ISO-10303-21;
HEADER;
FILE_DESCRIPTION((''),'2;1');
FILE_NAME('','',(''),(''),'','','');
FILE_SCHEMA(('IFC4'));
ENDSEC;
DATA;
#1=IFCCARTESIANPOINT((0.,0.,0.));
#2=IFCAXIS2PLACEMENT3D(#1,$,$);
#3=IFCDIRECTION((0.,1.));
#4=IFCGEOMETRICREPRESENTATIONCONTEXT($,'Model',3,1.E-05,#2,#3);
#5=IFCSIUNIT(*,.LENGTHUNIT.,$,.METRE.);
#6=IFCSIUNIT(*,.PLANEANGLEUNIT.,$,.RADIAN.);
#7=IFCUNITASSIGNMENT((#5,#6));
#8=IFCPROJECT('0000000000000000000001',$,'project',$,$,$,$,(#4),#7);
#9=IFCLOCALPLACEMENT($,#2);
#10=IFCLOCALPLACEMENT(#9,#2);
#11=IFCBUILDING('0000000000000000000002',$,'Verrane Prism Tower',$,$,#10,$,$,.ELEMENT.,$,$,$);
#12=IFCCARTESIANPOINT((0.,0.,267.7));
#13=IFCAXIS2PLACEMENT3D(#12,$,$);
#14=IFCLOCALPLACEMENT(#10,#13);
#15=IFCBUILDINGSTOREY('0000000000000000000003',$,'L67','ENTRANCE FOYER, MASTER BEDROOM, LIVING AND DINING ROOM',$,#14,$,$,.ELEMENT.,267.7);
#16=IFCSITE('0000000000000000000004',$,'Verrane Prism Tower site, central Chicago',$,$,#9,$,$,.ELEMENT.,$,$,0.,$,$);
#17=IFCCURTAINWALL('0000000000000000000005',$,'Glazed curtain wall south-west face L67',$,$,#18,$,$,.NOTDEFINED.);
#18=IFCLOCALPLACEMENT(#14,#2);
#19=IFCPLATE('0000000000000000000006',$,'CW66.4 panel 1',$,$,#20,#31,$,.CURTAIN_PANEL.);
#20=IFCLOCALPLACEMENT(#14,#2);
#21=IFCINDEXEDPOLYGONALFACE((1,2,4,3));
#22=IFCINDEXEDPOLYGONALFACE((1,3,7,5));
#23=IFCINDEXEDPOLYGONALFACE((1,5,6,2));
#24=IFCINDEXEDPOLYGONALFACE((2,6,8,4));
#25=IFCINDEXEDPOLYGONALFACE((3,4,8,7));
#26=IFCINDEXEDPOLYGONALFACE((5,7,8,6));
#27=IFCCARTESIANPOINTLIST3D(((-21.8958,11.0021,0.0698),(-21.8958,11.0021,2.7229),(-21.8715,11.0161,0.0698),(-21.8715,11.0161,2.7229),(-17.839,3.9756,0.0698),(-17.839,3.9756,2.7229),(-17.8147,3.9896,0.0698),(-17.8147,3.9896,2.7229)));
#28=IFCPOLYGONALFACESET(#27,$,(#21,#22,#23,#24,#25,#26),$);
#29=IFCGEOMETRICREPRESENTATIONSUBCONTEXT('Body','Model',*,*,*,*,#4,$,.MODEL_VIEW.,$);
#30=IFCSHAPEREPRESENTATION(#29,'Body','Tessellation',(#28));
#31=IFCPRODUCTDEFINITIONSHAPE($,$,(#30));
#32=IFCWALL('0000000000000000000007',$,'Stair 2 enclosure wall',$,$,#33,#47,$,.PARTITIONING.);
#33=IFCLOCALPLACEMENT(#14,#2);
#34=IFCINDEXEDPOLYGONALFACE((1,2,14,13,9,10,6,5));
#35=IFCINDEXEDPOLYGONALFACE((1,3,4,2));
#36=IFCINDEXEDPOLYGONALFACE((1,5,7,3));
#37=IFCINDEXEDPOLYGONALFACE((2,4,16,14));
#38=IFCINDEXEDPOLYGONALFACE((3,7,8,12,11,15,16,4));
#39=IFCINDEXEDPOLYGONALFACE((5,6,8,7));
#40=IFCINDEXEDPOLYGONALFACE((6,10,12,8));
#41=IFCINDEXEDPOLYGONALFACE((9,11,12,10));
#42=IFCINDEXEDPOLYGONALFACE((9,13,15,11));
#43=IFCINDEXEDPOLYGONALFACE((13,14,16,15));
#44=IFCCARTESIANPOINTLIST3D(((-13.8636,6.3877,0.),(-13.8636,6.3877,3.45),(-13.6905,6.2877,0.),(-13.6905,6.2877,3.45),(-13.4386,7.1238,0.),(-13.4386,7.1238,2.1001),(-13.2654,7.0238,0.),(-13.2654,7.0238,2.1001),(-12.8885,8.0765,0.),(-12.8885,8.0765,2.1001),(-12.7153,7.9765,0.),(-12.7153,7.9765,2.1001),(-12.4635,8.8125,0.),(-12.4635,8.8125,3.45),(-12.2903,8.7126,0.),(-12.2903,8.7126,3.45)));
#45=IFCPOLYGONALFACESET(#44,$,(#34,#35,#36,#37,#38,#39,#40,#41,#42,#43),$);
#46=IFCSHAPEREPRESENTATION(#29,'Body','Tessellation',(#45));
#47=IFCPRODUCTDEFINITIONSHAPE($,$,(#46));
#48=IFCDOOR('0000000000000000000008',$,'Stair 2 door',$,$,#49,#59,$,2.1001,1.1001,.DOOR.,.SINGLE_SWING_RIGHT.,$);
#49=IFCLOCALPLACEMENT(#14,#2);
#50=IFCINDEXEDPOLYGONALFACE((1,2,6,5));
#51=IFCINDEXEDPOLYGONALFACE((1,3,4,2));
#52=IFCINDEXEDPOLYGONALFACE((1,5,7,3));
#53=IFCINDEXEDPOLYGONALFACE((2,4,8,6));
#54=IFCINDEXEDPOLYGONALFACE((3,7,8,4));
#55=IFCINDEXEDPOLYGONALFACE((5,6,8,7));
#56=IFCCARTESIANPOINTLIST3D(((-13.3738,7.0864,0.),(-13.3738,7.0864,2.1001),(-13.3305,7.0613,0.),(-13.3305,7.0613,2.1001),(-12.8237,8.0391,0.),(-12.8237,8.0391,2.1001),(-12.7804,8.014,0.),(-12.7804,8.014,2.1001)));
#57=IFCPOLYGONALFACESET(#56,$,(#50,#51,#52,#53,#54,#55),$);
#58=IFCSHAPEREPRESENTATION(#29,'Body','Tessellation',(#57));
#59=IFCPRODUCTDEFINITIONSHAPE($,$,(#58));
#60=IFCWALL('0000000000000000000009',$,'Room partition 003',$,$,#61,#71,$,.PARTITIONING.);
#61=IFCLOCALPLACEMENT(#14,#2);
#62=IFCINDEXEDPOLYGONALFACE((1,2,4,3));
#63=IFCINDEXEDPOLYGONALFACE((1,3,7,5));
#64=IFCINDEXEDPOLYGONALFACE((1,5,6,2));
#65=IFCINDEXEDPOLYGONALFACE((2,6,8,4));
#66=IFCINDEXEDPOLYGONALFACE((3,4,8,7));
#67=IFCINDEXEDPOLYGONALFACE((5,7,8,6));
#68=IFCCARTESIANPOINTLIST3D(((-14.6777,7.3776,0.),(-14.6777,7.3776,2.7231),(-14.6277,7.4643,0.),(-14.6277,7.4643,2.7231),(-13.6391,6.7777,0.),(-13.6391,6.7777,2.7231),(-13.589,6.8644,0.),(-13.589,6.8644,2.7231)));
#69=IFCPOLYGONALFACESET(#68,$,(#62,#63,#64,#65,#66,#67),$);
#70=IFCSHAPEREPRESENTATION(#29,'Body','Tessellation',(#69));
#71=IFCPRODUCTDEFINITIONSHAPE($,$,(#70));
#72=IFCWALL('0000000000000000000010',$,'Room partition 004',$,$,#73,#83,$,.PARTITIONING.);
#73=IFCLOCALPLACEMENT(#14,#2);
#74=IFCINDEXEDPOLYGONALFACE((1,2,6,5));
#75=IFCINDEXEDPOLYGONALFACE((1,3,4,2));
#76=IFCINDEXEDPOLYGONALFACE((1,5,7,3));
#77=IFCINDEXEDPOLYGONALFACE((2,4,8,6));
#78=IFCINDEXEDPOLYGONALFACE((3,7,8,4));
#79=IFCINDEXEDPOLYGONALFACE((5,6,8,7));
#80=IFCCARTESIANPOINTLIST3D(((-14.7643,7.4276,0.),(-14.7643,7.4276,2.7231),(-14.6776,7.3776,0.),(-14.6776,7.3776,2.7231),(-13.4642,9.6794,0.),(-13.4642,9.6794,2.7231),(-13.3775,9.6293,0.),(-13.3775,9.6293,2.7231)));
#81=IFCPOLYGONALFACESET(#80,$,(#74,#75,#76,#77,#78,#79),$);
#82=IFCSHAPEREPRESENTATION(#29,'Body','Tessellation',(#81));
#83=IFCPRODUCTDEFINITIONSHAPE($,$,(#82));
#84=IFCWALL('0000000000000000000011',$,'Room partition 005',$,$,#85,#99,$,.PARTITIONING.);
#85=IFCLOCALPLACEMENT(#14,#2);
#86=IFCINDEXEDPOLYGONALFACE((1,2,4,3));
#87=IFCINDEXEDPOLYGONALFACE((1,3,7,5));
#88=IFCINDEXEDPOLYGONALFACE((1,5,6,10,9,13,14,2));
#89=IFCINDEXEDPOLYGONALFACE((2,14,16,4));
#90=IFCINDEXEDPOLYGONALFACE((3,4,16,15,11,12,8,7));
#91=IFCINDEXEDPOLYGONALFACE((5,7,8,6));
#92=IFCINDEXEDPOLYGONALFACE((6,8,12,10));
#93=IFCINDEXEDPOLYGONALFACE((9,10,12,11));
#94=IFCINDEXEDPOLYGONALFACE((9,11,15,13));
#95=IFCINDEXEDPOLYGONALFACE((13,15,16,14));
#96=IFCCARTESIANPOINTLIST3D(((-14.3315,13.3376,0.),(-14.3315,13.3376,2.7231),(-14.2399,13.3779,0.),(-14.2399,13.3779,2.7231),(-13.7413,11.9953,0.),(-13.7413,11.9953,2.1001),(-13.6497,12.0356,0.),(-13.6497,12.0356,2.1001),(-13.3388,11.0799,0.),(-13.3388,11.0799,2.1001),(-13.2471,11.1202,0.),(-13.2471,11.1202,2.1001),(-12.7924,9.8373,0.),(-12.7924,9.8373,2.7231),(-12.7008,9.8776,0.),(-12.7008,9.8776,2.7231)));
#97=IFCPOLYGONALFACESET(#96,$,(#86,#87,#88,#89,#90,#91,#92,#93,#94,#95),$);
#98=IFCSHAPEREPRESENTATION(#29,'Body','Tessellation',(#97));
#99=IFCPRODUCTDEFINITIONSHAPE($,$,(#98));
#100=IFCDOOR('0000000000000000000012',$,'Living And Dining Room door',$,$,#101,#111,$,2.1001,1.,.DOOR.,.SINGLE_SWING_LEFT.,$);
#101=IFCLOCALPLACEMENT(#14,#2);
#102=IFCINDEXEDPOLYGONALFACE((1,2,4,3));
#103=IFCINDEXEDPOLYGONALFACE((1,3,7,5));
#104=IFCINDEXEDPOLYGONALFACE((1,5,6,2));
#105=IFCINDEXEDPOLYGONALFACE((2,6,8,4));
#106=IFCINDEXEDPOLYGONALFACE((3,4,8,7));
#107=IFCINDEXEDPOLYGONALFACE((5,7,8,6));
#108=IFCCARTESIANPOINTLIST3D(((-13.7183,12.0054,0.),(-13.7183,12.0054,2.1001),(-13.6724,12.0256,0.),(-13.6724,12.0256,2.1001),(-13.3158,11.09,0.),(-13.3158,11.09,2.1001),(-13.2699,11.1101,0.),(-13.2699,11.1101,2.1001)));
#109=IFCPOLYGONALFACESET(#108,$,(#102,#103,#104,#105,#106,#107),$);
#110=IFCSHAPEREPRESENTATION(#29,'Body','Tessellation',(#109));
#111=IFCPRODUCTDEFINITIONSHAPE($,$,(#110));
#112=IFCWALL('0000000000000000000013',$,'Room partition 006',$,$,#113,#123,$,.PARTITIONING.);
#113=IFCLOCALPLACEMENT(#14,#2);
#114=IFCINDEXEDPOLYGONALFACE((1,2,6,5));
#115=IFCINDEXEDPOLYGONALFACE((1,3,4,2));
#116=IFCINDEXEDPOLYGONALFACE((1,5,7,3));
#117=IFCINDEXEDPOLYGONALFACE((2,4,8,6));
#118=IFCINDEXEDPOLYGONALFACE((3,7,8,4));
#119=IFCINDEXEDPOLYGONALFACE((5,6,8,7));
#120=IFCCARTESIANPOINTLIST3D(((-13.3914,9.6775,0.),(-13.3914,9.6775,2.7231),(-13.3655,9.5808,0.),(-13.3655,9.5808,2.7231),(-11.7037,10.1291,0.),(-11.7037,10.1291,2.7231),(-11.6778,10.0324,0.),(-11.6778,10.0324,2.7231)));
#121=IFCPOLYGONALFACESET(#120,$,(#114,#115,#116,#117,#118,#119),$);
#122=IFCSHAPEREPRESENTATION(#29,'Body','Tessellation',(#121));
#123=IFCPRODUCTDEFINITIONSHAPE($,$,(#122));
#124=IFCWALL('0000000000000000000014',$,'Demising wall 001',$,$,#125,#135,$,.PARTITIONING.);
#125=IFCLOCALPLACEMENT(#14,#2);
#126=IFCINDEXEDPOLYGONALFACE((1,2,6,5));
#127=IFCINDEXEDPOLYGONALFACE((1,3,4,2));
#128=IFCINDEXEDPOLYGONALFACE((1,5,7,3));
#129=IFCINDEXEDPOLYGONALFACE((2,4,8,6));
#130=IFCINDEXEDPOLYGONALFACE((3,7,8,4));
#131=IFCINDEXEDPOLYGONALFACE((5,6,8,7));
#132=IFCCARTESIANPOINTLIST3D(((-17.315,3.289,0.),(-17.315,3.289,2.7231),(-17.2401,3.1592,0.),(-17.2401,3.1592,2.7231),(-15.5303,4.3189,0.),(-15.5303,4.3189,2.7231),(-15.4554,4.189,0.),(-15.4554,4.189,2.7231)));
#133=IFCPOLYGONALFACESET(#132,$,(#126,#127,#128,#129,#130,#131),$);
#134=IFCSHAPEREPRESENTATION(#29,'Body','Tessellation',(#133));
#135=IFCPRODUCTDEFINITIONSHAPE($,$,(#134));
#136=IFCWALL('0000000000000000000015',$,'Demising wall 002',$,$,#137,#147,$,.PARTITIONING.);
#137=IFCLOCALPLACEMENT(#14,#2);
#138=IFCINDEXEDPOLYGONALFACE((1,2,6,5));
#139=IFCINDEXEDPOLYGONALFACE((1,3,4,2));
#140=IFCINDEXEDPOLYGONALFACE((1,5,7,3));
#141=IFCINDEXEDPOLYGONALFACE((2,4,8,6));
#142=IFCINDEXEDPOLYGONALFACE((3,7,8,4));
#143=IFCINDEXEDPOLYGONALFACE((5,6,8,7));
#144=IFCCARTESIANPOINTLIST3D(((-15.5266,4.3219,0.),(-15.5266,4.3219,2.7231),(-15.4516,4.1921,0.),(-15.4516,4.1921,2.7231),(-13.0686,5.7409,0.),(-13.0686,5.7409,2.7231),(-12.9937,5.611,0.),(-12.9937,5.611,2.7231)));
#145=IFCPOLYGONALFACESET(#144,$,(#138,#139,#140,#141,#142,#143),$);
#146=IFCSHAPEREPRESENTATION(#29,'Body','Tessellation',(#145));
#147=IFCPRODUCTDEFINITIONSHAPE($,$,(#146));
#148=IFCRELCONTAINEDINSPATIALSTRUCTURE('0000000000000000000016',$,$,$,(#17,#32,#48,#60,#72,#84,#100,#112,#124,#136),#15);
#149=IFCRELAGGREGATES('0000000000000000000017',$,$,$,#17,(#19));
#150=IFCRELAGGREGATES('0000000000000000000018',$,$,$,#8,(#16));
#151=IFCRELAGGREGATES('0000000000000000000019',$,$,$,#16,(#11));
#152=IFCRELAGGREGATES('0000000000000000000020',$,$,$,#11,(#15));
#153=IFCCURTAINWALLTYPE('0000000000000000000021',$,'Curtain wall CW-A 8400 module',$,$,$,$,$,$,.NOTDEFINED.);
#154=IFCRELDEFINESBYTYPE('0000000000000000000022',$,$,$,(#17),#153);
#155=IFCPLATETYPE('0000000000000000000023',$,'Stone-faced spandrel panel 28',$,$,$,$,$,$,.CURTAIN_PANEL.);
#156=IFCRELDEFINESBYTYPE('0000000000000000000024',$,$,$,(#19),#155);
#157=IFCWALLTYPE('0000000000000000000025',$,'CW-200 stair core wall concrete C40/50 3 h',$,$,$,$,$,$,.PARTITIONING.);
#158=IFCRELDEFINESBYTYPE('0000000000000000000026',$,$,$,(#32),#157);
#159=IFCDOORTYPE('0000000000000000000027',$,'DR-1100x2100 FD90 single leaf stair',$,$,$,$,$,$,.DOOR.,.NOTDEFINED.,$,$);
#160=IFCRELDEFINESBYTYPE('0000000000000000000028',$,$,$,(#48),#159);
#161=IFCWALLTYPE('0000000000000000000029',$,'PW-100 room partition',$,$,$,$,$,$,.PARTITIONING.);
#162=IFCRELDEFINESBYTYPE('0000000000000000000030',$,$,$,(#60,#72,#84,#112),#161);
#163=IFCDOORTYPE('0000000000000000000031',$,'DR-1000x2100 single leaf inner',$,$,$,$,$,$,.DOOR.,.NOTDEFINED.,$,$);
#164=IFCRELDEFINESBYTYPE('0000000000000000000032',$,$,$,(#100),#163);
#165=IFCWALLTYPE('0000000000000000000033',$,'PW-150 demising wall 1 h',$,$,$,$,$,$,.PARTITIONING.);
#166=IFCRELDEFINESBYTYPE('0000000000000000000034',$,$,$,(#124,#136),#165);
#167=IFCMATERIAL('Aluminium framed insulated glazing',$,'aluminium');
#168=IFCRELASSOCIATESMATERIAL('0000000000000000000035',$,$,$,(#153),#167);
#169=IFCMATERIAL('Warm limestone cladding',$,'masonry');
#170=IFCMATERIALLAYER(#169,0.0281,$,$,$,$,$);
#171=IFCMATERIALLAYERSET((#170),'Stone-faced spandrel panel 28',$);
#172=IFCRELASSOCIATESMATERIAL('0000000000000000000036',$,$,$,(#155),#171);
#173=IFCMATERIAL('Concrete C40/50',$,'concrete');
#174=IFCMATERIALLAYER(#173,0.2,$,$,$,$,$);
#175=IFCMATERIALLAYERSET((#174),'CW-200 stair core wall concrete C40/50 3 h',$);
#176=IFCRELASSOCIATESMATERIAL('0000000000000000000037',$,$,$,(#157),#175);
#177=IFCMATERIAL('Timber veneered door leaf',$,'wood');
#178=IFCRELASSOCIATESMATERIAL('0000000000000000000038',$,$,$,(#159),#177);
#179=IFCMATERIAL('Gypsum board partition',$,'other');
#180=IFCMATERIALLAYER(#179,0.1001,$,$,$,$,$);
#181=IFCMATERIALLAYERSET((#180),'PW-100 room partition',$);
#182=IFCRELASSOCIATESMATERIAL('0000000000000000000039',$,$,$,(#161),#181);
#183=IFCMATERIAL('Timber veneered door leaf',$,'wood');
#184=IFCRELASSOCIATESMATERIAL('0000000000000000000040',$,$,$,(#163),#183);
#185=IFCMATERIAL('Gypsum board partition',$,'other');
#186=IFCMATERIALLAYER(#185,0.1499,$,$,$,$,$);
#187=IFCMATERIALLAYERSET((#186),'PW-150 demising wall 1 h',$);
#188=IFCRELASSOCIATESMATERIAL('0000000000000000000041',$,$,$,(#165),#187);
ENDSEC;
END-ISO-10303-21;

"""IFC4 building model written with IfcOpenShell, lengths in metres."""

from ifc_helpers import new_model, si_unit, direction, frame, frame_2d, origin, origin_2d, place, context, subcontext, project, spatial, rectangle, extrude, material, layer, layer_set, type_object, element, fill, aggregate, save


model = new_model("IFC4")

# Units and contexts
model_context = context("Model", 3, precision=1e-05, world=origin(), true_north=direction((0.0, 1.0)))
body_context = subcontext(model_context, "Body", "Model", "MODEL_VIEW")
ifc_project = project(units=[si_unit("LENGTHUNIT", "METRE"), si_unit("PLANEANGLEUNIT", "RADIAN")], contexts=[model_context])

# Site, building, storey
site_placement = place(None, origin())
site = spatial("IfcSite", under=ifc_project, at=site_placement, Name="Verrane Prism Tower site, central Chicago", CompositionType="ELEMENT", RefElevation=0.0)
building_placement = place(site_placement, origin())
building = spatial("IfcBuilding", under=site, at=building_placement, Name="Verrane Prism Tower", CompositionType="ELEMENT")
storey_placement = place(building_placement, frame((0.0, 0.0, 267.7)))
storey = spatial("IfcBuildingStorey", under=building, at=storey_placement, Name="L67", Description="ENTRANCE FOYER, MASTER BEDROOM, LIVING AND DINING ROOM", CompositionType="ELEMENT", Elevation=267.7)

# Curtain wall
ifc_material_1 = material(Name="Aluminium framed insulated glazing", Category="aluminium")
curtain_wall_type = type_object("IfcCurtainWallType", Name="Curtain wall CW-A 8400 module", PredefinedType="NOTDEFINED", material=ifc_material_1)
curtain_wall_placement = place(storey_placement, origin())
curtain_wall = element("IfcCurtainWall", 1, at=curtain_wall_placement, inside=storey, type_object=curtain_wall_type, Name="Glazed curtain wall south-west face L67", PredefinedType="NOTDEFINED")

# Plate
ifc_material_2 = material(Name="Warm limestone cladding", Category="masonry")
ifc_layer_1 = layer(ifc_material_2, 0.0281)
ifc_layer_set_1 = layer_set([ifc_layer_1], Name="Stone-faced spandrel panel 28")
plate_type = type_object("IfcPlateType", Name="Stone-faced spandrel panel 28", PredefinedType="CURTAIN_PANEL", material=ifc_layer_set_1)
plate_placement = place(storey_placement, frame((-19.8552, 7.4958, 0.0698), z_axis=(0.0, 0.0, 1.0), x_axis=(0.500001, -0.866025, 0.0)))
plate = element("IfcPlate", 2, at=plate_placement, type_object=plate_type, Name="CW66.4 panel 1", PredefinedType="CURTAIN_PANEL", context=body_context, shape_type="SweptSolid", body=[
    extrude(rectangle(XDim=8.1135, YDim=0.0281, at=origin_2d()), origin(), (0.0, 0.0, 1.0), 2.6531),
])
aggregate(curtain_wall, [plate])

# Wall, opening, door
ifc_material_3 = material(Name="Concrete C40/50", Category="concrete")
ifc_layer_2 = layer(ifc_material_3, 0.2)
ifc_layer_set_2 = layer_set([ifc_layer_2], Name="CW-200 stair core wall concrete C40/50 3 h")
wall_type_1 = type_object("IfcWallType", Name="CW-200 stair core wall concrete C40/50 3 h", PredefinedType="PARTITIONING", material=ifc_layer_set_2)
wall_1_placement = place(storey_placement, frame((-12.377, 8.7625, 0.0), z_axis=(0.0, 0.0, 1.0), x_axis=(-0.50005, -0.865997, 0.0)))
wall_1 = element("IfcWall", 3, at=wall_1_placement, inside=storey, type_object=wall_type_1, Name="Stair 2 enclosure wall", PredefinedType="PARTITIONING", context=body_context, shape_type="SweptSolid", body=[
    extrude(rectangle(XDim=2.8, YDim=0.2, at=frame_2d((1.3999, 0.0))), origin(), (0.0, 0.0, 1.0), 3.45),
])
opening_1_placement = place(wall_1_placement, frame((0.8499, 0.0, 0.0)))
opening_1 = element("IfcOpeningElement", 4, at=opening_1_placement, cuts=wall_1, PredefinedType="OPENING", context=body_context, shape_type="SweptSolid", body=[
    extrude(rectangle(XDim=1.1001, YDim=2.1001, at=frame_2d((0.55, 1.05))), frame((0.0, 0.1099, 0.0), z_axis=(0.0, -1.0, 0.0), x_axis=(1.0, 0.0, 0.0)), (0.0, 0.0, 1.0), 0.22),
])
ifc_material_4 = material(Name="Timber veneered door leaf", Category="wood")
door_type_1 = type_object("IfcDoorType", Name="DR-1100x2100 FD90 single leaf stair", OperationType="NOTDEFINED", PredefinedType="DOOR", material=ifc_material_4)
door_1_placement = place(opening_1_placement, origin())
door_1 = element("IfcDoor", 5, at=door_1_placement, inside=storey, type_object=door_type_1, Name="Stair 2 door", OperationType="SINGLE_SWING_RIGHT", OverallHeight=2.1001, OverallWidth=1.1001, PredefinedType="DOOR", context=body_context, shape_type="SweptSolid", body=[
    extrude(rectangle(XDim=1.1001, YDim=2.1001, at=frame_2d((0.55, 1.05))), frame((0.0, 0.0249, 0.0), z_axis=(0.0, -1.0, 0.0), x_axis=(1.0, 0.0, 0.0)), (0.0, 0.0, 1.0), 0.05),
])
fill(opening_1, door_1)

# Walls
ifc_material_5 = material(Name="Gypsum board partition", Category="other")
ifc_layer_3 = layer(ifc_material_5, 0.1001)
ifc_layer_set_3 = layer_set([ifc_layer_3], Name="PW-100 room partition")
wall_type_2 = type_object("IfcWallType", Name="PW-100 room partition", PredefinedType="PARTITIONING", material=ifc_layer_set_3)
wall_2_placement = place(storey_placement, frame((-14.6526, 7.4209, 0.0), z_axis=(0.0, 0.0, 1.0), x_axis=(0.865941, -0.500145, 0.0)))
element("IfcWall", 6, at=wall_2_placement, inside=storey, type_object=wall_type_2, Name="Room partition 003", PredefinedType="PARTITIONING", context=body_context, shape_type="SweptSolid", body=[
    extrude(rectangle(XDim=1.1995, YDim=0.1001, at=frame_2d((0.5996, 0.0))), origin(), (0.0, 0.0, 1.0), 2.7231),
])
wall_3_placement = place(storey_placement, frame((-14.7209, 7.4026, 0.0), z_axis=(0.0, 0.0, 1.0), x_axis=(0.500007, 0.866021, 0.0)))
element("IfcWall", 7, at=wall_3_placement, inside=storey, type_object=wall_type_2, Name="Room partition 004", PredefinedType="PARTITIONING", context=body_context, shape_type="SweptSolid", body=[
    extrude(rectangle(XDim=2.6001, YDim=0.1001, at=frame_2d((1.3, 0.0))), origin(), (0.0, 0.0, 1.0), 2.7231),
])

# Wall, opening, door
wall_4_placement = place(storey_placement, frame((-12.7466, 9.8574, 0.0), z_axis=(0.0, 0.0, 1.0), x_axis=(-0.40251, 0.915416, 0.0)))
wall_4 = element("IfcWall", 8, at=wall_4_placement, inside=storey, type_object=wall_type_2, Name="Room partition 005", PredefinedType="PARTITIONING", context=body_context, shape_type="SweptSolid", body=[
    extrude(rectangle(XDim=3.8237, YDim=0.1001, at=frame_2d((1.9119, 0.0))), origin(), (0.0, 0.0, 1.0), 2.7231),
])
opening_2_placement = place(wall_4_placement, frame((1.3574, 0.0, 0.0)))
opening_2 = element("IfcOpeningElement", 9, at=opening_2_placement, cuts=wall_4, PredefinedType="OPENING", context=body_context, shape_type="SweptSolid", body=[
    extrude(rectangle(XDim=1.0, YDim=2.1001, at=frame_2d((0.5, 1.05))), frame((0.0, 0.0601, 0.0), z_axis=(0.0, -1.0, 0.0), x_axis=(1.0, 0.0, 0.0)), (0.0, 0.0, 1.0), 0.1201),
])
ifc_material_6 = material(Name="Timber veneered door leaf", Category="wood")
door_type_2 = type_object("IfcDoorType", Name="DR-1000x2100 single leaf inner", OperationType="NOTDEFINED", PredefinedType="DOOR", material=ifc_material_6)
door_2_placement = place(opening_2_placement, origin())
door_2 = element("IfcDoor", 10, at=door_2_placement, inside=storey, type_object=door_type_2, Name="Living And Dining Room door", OperationType="SINGLE_SWING_LEFT", OverallHeight=2.1001, OverallWidth=1.0, PredefinedType="DOOR", context=body_context, shape_type="SweptSolid", body=[
    extrude(rectangle(XDim=1.0, YDim=2.1001, at=frame_2d((0.5, 1.05))), frame((0.0, 0.0249, 0.0), z_axis=(0.0, -1.0, 0.0), x_axis=(1.0, 0.0, 0.0)), (0.0, 0.0, 1.0), 0.05),
])
fill(opening_2, door_2)

# Walls
wall_5_placement = place(storey_placement, frame((-13.3784, 9.6292, 0.0), z_axis=(0.0, 0.0, 1.0), x_axis=(0.966007, 0.258515, 0.0)))
element("IfcWall", 11, at=wall_5_placement, inside=storey, type_object=wall_type_2, Name="Room partition 006", PredefinedType="PARTITIONING", context=body_context, shape_type="SweptSolid", body=[
    extrude(rectangle(XDim=1.7471, YDim=0.1001, at=frame_2d((0.8735, 0.0))), origin(), (0.0, 0.0, 1.0), 2.7231),
])
ifc_material_7 = material(Name="Gypsum board partition", Category="other")
ifc_layer_4 = layer(ifc_material_7, 0.1499)
ifc_layer_set_4 = layer_set([ifc_layer_4], Name="PW-150 demising wall 1 h")
wall_type_3 = type_object("IfcWallType", Name="PW-150 demising wall 1 h", PredefinedType="PARTITIONING", material=ifc_layer_set_4)
wall_6_placement = place(storey_placement, frame((-17.2776, 3.2241, 0.0), z_axis=(0.0, 0.0, 1.0), x_axis=(0.86615, 0.499784, 0.0)))
element("IfcWall", 12, at=wall_6_placement, inside=storey, type_object=wall_type_3, Name="Demising wall 001", PredefinedType="PARTITIONING", context=body_context, shape_type="SweptSolid", body=[
    extrude(rectangle(XDim=2.0605, YDim=0.1499, at=frame_2d((1.0303, 0.0))), origin(), (0.0, 0.0, 1.0), 2.7231),
])
wall_7_placement = place(storey_placement, frame((-15.489, 4.2571, 0.0), z_axis=(0.0, 0.0, 1.0), x_axis=(0.866054, 0.499951, 0.0)))
element("IfcWall", 13, at=wall_7_placement, inside=storey, type_object=wall_type_3, Name="Demising wall 002", PredefinedType="PARTITIONING", context=body_context, shape_type="SweptSolid", body=[
    extrude(rectangle(XDim=2.8381, YDim=0.1499, at=frame_2d((1.4189, 0.0))), origin(), (0.0, 0.0, 1.0), 2.7231),
])

save(model, "model.ifc")
